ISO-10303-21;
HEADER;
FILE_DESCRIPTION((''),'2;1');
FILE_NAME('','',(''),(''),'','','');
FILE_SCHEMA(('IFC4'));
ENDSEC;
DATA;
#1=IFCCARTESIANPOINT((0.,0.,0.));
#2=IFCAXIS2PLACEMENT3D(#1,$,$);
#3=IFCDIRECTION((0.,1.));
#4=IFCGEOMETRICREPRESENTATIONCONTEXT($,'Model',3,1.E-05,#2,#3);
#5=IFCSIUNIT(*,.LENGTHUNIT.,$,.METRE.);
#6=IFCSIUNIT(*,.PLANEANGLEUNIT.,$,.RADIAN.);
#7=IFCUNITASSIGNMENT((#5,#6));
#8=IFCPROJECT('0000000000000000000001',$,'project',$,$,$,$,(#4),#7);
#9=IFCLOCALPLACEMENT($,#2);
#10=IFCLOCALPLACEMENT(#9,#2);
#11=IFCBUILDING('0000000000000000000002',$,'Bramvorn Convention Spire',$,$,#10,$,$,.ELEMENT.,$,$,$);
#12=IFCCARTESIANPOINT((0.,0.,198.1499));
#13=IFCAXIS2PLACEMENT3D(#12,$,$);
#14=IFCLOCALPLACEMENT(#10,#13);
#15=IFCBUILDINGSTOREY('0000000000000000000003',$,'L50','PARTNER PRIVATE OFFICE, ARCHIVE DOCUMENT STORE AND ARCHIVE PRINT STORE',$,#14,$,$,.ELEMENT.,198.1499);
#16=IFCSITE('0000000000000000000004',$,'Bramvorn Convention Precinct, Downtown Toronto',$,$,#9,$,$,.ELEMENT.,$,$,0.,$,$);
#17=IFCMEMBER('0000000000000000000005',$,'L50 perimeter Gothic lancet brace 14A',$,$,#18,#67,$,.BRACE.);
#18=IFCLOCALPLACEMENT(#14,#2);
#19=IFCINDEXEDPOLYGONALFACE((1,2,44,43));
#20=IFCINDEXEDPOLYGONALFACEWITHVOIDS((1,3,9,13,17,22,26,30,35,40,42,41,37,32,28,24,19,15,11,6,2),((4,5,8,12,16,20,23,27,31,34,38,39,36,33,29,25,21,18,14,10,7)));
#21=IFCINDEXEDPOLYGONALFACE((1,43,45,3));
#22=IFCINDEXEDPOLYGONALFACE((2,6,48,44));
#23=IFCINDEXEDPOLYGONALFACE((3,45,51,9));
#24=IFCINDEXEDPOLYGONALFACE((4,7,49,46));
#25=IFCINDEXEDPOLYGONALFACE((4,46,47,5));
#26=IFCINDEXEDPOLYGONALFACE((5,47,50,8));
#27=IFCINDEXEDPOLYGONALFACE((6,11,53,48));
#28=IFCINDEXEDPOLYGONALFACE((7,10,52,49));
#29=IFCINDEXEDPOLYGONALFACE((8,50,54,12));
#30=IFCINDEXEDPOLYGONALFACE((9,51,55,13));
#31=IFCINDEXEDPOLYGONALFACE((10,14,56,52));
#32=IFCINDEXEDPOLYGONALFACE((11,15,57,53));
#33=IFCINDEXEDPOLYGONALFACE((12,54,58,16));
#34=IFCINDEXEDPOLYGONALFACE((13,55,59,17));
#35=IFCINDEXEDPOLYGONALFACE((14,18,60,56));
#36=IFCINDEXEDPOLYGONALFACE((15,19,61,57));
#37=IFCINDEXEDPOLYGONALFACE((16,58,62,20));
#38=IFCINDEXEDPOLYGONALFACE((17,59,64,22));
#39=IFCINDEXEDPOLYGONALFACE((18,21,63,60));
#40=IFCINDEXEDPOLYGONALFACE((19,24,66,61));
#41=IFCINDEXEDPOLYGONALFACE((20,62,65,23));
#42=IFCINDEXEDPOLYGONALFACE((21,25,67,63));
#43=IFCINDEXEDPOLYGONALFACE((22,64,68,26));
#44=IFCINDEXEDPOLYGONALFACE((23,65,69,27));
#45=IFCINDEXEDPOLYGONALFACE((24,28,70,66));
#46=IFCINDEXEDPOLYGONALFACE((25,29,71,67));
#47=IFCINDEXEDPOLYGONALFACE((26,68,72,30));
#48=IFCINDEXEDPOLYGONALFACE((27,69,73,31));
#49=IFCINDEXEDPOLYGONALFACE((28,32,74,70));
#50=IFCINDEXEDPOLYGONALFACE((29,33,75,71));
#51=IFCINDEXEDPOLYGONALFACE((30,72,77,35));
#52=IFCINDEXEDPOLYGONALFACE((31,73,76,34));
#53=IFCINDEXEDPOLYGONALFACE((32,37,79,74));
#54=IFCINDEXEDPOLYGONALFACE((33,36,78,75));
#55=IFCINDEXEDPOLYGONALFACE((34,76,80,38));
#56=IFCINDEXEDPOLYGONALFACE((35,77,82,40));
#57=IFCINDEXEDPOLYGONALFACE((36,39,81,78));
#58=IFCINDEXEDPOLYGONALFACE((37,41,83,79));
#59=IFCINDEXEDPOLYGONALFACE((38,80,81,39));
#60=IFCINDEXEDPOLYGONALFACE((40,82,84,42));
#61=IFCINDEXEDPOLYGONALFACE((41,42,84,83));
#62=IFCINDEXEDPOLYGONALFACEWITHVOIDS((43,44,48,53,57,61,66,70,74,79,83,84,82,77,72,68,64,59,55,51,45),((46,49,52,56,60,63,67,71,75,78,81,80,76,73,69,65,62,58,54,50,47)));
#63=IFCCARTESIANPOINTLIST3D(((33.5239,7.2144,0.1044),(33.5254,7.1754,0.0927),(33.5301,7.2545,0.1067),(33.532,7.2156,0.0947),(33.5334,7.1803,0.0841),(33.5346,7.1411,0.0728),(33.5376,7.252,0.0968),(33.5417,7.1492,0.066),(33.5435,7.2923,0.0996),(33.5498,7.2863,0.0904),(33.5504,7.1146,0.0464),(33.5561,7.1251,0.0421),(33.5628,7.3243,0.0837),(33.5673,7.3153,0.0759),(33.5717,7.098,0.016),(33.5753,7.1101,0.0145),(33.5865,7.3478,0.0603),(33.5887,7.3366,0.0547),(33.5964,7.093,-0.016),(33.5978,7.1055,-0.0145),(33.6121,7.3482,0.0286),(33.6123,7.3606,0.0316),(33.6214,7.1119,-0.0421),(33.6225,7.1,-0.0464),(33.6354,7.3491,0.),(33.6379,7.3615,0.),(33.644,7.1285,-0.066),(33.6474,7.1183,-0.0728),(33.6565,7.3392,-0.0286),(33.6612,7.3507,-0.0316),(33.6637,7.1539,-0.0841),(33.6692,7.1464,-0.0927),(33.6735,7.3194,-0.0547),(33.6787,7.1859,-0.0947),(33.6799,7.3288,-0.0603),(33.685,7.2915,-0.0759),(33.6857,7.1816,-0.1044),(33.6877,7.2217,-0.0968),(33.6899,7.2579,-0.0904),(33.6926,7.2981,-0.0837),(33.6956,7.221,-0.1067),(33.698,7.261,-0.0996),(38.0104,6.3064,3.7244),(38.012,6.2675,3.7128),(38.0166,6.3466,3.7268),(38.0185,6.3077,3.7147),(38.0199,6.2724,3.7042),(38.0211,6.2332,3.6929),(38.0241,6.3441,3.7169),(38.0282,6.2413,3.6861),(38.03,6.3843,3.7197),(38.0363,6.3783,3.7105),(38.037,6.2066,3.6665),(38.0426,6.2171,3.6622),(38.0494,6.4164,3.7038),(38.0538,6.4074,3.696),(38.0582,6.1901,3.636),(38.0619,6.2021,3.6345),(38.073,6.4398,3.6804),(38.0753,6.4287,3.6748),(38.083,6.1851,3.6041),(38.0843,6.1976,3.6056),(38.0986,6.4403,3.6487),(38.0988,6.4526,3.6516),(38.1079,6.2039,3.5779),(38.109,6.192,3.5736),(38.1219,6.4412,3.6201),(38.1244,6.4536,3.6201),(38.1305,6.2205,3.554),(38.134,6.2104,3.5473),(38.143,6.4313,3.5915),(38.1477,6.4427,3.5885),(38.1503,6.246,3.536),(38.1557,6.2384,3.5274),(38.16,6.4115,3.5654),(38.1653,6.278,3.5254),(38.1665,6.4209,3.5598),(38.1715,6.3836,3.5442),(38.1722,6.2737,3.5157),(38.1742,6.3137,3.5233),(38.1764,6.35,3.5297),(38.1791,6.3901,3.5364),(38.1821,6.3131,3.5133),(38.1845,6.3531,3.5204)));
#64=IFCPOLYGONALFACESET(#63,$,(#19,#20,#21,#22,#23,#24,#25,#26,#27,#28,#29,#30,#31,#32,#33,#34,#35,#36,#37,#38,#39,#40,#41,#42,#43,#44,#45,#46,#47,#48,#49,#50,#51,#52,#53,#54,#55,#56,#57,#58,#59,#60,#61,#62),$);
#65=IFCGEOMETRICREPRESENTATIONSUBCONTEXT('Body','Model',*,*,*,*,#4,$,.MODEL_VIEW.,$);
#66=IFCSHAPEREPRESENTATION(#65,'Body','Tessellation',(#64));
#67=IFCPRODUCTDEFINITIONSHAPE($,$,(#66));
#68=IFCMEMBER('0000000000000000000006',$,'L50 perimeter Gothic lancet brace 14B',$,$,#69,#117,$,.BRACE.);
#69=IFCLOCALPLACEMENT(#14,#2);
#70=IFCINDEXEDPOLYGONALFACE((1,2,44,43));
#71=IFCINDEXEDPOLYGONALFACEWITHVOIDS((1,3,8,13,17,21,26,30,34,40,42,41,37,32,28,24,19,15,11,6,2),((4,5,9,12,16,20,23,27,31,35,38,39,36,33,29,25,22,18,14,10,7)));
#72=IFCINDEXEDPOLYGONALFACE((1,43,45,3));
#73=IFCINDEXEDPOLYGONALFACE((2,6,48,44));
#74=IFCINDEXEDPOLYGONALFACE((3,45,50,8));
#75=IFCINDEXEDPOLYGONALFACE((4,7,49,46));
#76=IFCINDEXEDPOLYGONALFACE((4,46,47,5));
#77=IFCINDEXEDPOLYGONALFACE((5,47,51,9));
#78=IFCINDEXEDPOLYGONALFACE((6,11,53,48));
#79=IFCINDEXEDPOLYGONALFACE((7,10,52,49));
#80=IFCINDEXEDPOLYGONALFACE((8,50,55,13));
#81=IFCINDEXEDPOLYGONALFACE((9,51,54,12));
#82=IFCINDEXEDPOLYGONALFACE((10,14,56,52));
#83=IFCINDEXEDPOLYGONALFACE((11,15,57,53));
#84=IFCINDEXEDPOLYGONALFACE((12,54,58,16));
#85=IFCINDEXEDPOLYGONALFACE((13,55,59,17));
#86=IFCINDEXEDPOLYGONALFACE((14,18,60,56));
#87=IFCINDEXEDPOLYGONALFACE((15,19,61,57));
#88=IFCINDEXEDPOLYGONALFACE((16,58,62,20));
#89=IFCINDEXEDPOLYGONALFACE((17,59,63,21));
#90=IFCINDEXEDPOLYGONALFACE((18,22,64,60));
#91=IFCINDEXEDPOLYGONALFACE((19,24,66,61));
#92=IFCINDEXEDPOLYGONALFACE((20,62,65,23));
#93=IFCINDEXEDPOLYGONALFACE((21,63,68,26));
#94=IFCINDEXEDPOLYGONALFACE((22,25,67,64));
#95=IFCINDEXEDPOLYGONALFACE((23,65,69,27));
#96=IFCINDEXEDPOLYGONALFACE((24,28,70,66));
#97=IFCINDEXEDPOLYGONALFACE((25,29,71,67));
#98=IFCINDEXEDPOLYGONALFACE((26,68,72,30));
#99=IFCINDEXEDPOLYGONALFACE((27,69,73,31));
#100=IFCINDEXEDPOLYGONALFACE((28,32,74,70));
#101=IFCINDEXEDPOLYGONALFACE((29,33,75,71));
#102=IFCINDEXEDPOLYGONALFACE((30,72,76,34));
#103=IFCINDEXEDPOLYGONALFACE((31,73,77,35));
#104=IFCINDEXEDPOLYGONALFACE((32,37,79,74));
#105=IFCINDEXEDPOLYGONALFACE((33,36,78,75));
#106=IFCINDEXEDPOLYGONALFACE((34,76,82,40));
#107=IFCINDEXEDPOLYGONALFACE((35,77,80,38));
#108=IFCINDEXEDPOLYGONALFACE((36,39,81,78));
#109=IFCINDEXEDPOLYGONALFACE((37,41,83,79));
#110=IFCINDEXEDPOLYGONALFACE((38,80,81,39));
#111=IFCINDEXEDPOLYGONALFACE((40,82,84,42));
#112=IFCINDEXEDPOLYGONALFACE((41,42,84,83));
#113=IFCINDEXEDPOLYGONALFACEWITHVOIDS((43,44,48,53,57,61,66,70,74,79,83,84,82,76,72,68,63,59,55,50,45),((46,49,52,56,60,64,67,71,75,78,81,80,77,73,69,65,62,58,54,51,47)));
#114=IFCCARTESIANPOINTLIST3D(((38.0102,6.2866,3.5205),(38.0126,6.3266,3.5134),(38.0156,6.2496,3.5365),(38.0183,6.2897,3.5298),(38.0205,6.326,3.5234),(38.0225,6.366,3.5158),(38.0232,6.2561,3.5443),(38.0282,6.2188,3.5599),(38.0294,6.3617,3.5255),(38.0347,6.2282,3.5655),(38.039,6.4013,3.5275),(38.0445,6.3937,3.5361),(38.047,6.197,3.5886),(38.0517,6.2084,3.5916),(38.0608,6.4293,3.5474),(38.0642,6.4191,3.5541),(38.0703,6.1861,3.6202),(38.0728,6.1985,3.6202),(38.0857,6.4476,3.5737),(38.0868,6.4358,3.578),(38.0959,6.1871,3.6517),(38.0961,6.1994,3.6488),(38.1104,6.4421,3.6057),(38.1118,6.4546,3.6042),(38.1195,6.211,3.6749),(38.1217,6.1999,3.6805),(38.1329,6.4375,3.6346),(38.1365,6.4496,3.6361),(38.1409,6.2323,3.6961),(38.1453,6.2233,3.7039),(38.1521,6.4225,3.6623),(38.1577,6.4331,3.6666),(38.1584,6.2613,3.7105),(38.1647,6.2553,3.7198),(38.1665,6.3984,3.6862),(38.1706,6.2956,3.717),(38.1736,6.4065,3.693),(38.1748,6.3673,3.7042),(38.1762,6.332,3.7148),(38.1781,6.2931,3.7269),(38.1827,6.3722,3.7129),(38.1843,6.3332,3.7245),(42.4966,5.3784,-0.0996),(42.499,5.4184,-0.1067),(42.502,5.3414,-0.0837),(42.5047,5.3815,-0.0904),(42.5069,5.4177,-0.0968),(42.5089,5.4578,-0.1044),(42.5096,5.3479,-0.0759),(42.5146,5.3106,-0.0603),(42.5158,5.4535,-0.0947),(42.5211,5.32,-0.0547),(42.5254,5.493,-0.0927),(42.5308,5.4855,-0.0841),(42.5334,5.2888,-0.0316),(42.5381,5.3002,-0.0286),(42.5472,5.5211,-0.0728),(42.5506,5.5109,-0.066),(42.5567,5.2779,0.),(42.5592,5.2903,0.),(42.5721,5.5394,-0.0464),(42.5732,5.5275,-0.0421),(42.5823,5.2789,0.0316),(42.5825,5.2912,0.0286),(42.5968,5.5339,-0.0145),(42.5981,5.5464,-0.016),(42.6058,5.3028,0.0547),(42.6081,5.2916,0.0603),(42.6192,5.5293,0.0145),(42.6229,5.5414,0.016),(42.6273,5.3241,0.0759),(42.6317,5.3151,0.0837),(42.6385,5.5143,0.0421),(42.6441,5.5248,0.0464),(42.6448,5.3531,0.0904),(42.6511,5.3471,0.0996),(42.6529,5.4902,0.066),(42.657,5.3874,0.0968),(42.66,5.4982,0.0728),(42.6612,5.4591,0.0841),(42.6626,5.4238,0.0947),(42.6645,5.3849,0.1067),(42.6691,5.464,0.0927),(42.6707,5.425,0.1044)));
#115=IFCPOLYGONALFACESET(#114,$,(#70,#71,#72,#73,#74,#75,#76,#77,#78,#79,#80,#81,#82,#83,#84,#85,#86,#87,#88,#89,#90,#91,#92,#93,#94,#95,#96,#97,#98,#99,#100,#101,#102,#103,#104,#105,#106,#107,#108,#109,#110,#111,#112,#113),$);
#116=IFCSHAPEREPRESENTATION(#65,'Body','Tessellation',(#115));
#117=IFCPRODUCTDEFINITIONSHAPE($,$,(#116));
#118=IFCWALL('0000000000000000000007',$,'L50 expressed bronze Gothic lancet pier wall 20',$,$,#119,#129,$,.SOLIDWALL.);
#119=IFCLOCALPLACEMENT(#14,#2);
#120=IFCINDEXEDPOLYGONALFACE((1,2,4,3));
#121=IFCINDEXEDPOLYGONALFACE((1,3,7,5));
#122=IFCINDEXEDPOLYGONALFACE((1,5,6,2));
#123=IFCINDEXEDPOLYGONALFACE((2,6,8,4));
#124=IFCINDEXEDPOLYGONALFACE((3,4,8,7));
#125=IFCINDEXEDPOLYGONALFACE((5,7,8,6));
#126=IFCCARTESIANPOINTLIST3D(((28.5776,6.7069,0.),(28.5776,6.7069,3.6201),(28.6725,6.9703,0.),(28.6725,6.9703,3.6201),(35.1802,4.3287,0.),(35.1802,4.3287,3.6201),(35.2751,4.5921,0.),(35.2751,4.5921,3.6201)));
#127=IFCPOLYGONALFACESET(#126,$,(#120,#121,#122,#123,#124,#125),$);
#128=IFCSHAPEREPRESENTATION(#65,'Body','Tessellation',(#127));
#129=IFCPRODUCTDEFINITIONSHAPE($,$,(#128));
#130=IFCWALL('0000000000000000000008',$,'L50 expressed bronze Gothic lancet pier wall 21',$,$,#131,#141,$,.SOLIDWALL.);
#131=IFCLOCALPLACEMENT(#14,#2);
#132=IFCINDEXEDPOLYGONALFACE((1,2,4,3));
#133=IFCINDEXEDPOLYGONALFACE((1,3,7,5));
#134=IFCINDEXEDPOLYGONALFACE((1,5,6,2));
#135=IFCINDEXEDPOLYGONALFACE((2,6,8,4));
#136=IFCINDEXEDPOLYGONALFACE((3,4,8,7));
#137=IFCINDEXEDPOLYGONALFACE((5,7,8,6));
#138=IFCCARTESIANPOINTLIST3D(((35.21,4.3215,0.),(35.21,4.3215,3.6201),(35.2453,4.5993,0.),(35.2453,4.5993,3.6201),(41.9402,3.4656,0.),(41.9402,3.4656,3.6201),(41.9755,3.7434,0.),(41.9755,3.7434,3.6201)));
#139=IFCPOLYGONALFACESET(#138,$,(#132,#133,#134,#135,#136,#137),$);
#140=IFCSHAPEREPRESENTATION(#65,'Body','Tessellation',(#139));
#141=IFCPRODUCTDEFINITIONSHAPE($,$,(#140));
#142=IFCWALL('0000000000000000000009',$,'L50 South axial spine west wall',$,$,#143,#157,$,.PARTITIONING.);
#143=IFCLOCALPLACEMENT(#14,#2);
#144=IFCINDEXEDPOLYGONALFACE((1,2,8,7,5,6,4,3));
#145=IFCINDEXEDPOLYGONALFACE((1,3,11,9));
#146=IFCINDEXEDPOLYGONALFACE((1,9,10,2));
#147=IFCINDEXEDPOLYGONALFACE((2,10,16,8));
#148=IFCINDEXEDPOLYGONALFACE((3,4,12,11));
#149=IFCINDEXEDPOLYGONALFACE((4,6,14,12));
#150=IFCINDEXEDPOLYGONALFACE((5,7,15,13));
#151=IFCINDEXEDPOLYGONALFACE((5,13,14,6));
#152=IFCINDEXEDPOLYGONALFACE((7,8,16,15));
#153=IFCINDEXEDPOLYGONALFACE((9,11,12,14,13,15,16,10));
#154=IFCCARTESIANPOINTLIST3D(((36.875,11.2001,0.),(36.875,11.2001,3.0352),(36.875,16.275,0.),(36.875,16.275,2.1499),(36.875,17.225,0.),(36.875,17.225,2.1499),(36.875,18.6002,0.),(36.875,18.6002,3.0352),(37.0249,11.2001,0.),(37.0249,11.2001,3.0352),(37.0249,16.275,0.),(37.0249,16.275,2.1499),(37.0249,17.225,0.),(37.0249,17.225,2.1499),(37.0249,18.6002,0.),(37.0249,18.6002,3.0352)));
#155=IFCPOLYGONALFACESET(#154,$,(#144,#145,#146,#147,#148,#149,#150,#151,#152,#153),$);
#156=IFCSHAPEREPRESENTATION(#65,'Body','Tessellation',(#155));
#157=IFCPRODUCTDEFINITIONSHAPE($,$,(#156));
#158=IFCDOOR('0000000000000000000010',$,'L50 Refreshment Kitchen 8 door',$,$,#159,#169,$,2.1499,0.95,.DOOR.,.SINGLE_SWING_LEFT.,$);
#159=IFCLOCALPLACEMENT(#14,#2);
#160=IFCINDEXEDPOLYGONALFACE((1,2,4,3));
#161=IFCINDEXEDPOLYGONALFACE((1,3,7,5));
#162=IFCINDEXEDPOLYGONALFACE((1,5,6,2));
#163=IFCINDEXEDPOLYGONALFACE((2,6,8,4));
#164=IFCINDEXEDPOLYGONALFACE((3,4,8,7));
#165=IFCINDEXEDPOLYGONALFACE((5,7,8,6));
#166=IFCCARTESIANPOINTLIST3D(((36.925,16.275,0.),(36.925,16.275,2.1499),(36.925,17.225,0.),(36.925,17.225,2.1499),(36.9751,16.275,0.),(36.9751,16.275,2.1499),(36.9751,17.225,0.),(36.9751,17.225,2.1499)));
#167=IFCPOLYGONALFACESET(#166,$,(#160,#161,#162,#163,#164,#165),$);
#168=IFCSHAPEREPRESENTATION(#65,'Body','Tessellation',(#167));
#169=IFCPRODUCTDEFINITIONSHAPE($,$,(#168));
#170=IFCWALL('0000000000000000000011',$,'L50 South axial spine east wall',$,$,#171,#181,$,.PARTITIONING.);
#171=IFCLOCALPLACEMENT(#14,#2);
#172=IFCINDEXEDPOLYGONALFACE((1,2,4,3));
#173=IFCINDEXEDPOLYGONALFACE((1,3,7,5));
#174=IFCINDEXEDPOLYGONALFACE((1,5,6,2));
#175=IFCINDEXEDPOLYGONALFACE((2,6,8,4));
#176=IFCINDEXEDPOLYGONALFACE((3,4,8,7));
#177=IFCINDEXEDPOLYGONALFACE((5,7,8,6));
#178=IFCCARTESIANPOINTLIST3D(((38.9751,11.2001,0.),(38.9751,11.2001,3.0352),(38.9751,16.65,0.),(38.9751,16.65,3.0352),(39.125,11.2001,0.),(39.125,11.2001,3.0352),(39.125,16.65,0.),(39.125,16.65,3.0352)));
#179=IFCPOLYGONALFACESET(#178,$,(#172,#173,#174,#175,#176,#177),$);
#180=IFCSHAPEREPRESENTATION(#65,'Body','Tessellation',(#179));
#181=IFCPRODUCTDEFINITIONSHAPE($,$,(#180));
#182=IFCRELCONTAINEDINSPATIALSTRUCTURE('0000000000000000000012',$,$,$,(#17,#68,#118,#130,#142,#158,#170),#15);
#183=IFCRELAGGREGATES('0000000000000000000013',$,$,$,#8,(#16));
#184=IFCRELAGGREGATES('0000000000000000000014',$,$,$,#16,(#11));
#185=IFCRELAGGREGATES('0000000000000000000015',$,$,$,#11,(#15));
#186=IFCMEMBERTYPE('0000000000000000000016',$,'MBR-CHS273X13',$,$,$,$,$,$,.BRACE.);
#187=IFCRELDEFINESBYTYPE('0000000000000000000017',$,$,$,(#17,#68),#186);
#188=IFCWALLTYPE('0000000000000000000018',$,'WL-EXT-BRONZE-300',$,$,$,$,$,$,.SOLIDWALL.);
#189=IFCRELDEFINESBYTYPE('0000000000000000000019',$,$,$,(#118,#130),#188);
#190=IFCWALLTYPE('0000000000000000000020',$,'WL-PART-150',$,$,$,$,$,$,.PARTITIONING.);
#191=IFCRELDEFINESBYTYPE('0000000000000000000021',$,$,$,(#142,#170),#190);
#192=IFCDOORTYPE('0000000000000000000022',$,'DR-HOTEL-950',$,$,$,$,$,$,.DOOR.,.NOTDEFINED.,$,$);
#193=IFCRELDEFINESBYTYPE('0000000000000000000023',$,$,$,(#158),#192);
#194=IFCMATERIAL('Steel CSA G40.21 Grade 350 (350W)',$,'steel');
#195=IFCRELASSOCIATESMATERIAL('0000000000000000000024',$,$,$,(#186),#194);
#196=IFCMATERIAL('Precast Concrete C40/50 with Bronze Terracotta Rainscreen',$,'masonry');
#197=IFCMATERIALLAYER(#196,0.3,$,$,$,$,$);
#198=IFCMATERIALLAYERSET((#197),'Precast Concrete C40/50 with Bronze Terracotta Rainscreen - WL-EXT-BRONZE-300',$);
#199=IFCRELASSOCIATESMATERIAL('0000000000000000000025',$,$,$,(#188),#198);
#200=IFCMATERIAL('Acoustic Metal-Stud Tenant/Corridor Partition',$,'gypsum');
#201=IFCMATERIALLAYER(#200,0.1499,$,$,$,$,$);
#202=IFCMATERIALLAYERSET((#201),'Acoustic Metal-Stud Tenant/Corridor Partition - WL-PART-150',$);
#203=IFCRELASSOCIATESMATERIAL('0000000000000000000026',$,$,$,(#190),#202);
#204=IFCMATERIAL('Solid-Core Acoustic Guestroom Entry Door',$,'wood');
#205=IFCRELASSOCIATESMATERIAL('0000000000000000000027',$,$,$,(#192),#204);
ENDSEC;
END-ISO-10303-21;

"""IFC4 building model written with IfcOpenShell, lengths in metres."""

from ifc_helpers import new_model, si_unit, direction, frame, frame_2d, origin, origin_2d, place, context, subcontext, project, spatial, rectangle, hollow_circle, extrude, material, layer, layer_set, material_profile, profile_set, type_object, element, fill, save


model = new_model("IFC4")

# Units and contexts
model_context = context("Model", 3, precision=1e-05, world=origin(), true_north=direction((0.0, 1.0)))
body_context = subcontext(model_context, "Body", "Model", "MODEL_VIEW")
ifc_project = project(units=[si_unit("LENGTHUNIT", "METRE"), si_unit("PLANEANGLEUNIT", "RADIAN")], contexts=[model_context])

# Site, building, storey
site_placement = place(None, origin())
site = spatial("IfcSite", under=ifc_project, at=site_placement, Name="Bramvorn Convention Precinct, Downtown Toronto", CompositionType="ELEMENT", RefElevation=0.0)
building_placement = place(site_placement, origin())
building = spatial("IfcBuilding", under=site, at=building_placement, Name="Bramvorn Convention Spire", CompositionType="ELEMENT")
storey_placement = place(building_placement, frame((0.0, 0.0, 198.1499)))
storey = spatial("IfcBuildingStorey", under=building, at=storey_placement, Name="L50", Description="PARTNER PRIVATE OFFICE, ARCHIVE DOCUMENT STORE AND ARCHIVE PRINT STORE", CompositionType="ELEMENT", Elevation=198.1499)

# Shared definitions
ifc_material_1 = material(Name="Steel CSA G40.21 Grade 350 (350W)", Category="steel")

# Members
ifc_material_profile_1 = material_profile(ifc_material_1, hollow_circle(Radius=0.1365, WallThickness=0.0127, at=origin_2d()))
ifc_profile_set_1 = profile_set([ifc_material_profile_1], Name="Steel CSA G40.21 Grade 350 (350W) - CHS273X13")
member_type = type_object("IfcMemberType", Name="MBR-CHS273X13", PredefinedType="BRACE", material=ifc_profile_set_1)
for number, where, z_axis, x_axis, name in (
    (1, (33.6108, 7.2278, 0.0), (0.768774, -0.155579, 0.620307), (0.198352, 0.980131, 0.0), "L50 perimeter Gothic lancet brace 14A"),
    (2, (42.5837, 5.4116, 0.0), (-0.768752, 0.155625, 0.620323), (-0.198413, -0.980118, 0.0), "L50 perimeter Gothic lancet brace 14B"),
):
    element("IfcMember", number, at=place(storey_placement, frame(where, z_axis=z_axis, x_axis=x_axis)), inside=storey, type_object=member_type, Name=name, PredefinedType="BRACE", context=body_context, shape_type="SweptSolid", body=[
        extrude(hollow_circle(Radius=0.1365, WallThickness=0.0127, at=origin_2d()), origin(), (0.0, 0.0, 1.0), 5.8359),
    ])

# Walls
ifc_material_2 = material(Name="Precast Concrete C40/50 with Bronze Terracotta Rainscreen", Category="masonry")
ifc_layer_1 = layer(ifc_material_2, 0.3)
ifc_layer_set_1 = layer_set([ifc_layer_1], Name="Precast Concrete C40/50 with Bronze Terracotta Rainscreen - WL-EXT-BRONZE-300")
wall_type_1 = type_object("IfcWallType", Name="WL-EXT-BRONZE-300", PredefinedType="SOLIDWALL", material=ifc_layer_set_1)
wall_1_placement = place(storey_placement, frame((35.2275, 4.4604, 0.0), z_axis=(0.0, 0.0, 1.0), x_axis=(-0.94083, 0.338878, 0.0)))
element("IfcWall", 3, at=wall_1_placement, inside=storey, type_object=wall_type_1, Name="L50 expressed bronze Gothic lancet pier wall 20", PredefinedType="SOLIDWALL", context=body_context, shape_type="SweptSolid", body=[
    extrude(rectangle(XDim=7.0178, YDim=0.28, at=frame_2d((3.5088, 0.0))), origin(), (0.0, 0.0, 1.0), 3.6201),
])
wall_2_placement = place(storey_placement, frame((41.9578, 3.6045, 0.0), z_axis=(0.0, 0.0, 1.0), x_axis=(-0.992009, 0.126165, 0.0)))
element("IfcWall", 4, at=wall_2_placement, inside=storey, type_object=wall_type_1, Name="L50 expressed bronze Gothic lancet pier wall 21", PredefinedType="SOLIDWALL", context=body_context, shape_type="SweptSolid", body=[
    extrude(rectangle(XDim=6.7844, YDim=0.28, at=frame_2d((3.3921, 0.0))), origin(), (0.0, 0.0, 1.0), 3.6201),
])

# Wall, opening, door
ifc_material_3 = material(Name="Acoustic Metal-Stud Tenant/Corridor Partition", Category="gypsum")
ifc_layer_2 = layer(ifc_material_3, 0.1499)
ifc_layer_set_2 = layer_set([ifc_layer_2], Name="Acoustic Metal-Stud Tenant/Corridor Partition - WL-PART-150")
wall_type_2 = type_object("IfcWallType", Name="WL-PART-150", PredefinedType="PARTITIONING", material=ifc_layer_set_2)
wall_3_placement = place(storey_placement, frame((36.95, 11.2, 0.0), z_axis=(0.0, 0.0, 1.0), x_axis=(0.0, 1.0, 0.0)))
wall_3 = element("IfcWall", 5, at=wall_3_placement, inside=storey, type_object=wall_type_2, Name="L50 South axial spine west wall", PredefinedType="PARTITIONING", context=body_context, shape_type="SweptSolid", body=[
    extrude(rectangle(XDim=7.4001, YDim=0.1499, at=frame_2d((3.7002, 0.0))), origin(), (0.0, 0.0, 1.0), 3.0352),
])
opening_1_placement = place(wall_3_placement, frame((5.075, 0.0, 0.0)))
opening_1 = element("IfcOpeningElement", 6, at=opening_1_placement, cuts=wall_3, PredefinedType="OPENING", context=body_context, shape_type="SweptSolid", body=[
    extrude(rectangle(XDim=0.95, YDim=2.1499, at=frame_2d((0.4751, 1.075))), frame((0.0, 0.085, 0.0), z_axis=(0.0, -1.0, 0.0), x_axis=(1.0, 0.0, 0.0)), (0.0, 0.0, 1.0), 0.1699),
])
ifc_material_4 = material(Name="Solid-Core Acoustic Guestroom Entry Door", Category="wood")
door_type_1 = type_object("IfcDoorType", Name="DR-HOTEL-950", OperationType="NOTDEFINED", PredefinedType="DOOR", material=ifc_material_4)
door_1_placement = place(opening_1_placement, origin())
door_1 = element("IfcDoor", 7, at=door_1_placement, inside=storey, type_object=door_type_1, Name="L50 Refreshment Kitchen 8 door", OperationType="SINGLE_SWING_LEFT", OverallHeight=2.1499, OverallWidth=0.95, PredefinedType="DOOR", context=body_context, shape_type="SweptSolid", body=[
    extrude(rectangle(XDim=0.95, YDim=2.1499, at=frame_2d((0.4751, 1.075))), frame((0.0, 0.0249, 0.0), z_axis=(0.0, -1.0, 0.0), x_axis=(1.0, 0.0, 0.0)), (0.0, 0.0, 1.0), 0.05),
])
fill(opening_1, door_1)

# Wall
wall_4_placement = place(storey_placement, frame((39.05, 11.2, 0.0), z_axis=(0.0, 0.0, 1.0), x_axis=(0.0, 1.0, 0.0)))
element("IfcWall", 8, at=wall_4_placement, inside=storey, type_object=wall_type_2, Name="L50 South axial spine east wall", PredefinedType="PARTITIONING", context=body_context, shape_type="SweptSolid", body=[
    extrude(rectangle(XDim=5.45, YDim=0.1499, at=frame_2d((2.7251, 0.0))), origin(), (0.0, 0.0, 1.0), 3.0352),
])

save(model, "model.ifc")
